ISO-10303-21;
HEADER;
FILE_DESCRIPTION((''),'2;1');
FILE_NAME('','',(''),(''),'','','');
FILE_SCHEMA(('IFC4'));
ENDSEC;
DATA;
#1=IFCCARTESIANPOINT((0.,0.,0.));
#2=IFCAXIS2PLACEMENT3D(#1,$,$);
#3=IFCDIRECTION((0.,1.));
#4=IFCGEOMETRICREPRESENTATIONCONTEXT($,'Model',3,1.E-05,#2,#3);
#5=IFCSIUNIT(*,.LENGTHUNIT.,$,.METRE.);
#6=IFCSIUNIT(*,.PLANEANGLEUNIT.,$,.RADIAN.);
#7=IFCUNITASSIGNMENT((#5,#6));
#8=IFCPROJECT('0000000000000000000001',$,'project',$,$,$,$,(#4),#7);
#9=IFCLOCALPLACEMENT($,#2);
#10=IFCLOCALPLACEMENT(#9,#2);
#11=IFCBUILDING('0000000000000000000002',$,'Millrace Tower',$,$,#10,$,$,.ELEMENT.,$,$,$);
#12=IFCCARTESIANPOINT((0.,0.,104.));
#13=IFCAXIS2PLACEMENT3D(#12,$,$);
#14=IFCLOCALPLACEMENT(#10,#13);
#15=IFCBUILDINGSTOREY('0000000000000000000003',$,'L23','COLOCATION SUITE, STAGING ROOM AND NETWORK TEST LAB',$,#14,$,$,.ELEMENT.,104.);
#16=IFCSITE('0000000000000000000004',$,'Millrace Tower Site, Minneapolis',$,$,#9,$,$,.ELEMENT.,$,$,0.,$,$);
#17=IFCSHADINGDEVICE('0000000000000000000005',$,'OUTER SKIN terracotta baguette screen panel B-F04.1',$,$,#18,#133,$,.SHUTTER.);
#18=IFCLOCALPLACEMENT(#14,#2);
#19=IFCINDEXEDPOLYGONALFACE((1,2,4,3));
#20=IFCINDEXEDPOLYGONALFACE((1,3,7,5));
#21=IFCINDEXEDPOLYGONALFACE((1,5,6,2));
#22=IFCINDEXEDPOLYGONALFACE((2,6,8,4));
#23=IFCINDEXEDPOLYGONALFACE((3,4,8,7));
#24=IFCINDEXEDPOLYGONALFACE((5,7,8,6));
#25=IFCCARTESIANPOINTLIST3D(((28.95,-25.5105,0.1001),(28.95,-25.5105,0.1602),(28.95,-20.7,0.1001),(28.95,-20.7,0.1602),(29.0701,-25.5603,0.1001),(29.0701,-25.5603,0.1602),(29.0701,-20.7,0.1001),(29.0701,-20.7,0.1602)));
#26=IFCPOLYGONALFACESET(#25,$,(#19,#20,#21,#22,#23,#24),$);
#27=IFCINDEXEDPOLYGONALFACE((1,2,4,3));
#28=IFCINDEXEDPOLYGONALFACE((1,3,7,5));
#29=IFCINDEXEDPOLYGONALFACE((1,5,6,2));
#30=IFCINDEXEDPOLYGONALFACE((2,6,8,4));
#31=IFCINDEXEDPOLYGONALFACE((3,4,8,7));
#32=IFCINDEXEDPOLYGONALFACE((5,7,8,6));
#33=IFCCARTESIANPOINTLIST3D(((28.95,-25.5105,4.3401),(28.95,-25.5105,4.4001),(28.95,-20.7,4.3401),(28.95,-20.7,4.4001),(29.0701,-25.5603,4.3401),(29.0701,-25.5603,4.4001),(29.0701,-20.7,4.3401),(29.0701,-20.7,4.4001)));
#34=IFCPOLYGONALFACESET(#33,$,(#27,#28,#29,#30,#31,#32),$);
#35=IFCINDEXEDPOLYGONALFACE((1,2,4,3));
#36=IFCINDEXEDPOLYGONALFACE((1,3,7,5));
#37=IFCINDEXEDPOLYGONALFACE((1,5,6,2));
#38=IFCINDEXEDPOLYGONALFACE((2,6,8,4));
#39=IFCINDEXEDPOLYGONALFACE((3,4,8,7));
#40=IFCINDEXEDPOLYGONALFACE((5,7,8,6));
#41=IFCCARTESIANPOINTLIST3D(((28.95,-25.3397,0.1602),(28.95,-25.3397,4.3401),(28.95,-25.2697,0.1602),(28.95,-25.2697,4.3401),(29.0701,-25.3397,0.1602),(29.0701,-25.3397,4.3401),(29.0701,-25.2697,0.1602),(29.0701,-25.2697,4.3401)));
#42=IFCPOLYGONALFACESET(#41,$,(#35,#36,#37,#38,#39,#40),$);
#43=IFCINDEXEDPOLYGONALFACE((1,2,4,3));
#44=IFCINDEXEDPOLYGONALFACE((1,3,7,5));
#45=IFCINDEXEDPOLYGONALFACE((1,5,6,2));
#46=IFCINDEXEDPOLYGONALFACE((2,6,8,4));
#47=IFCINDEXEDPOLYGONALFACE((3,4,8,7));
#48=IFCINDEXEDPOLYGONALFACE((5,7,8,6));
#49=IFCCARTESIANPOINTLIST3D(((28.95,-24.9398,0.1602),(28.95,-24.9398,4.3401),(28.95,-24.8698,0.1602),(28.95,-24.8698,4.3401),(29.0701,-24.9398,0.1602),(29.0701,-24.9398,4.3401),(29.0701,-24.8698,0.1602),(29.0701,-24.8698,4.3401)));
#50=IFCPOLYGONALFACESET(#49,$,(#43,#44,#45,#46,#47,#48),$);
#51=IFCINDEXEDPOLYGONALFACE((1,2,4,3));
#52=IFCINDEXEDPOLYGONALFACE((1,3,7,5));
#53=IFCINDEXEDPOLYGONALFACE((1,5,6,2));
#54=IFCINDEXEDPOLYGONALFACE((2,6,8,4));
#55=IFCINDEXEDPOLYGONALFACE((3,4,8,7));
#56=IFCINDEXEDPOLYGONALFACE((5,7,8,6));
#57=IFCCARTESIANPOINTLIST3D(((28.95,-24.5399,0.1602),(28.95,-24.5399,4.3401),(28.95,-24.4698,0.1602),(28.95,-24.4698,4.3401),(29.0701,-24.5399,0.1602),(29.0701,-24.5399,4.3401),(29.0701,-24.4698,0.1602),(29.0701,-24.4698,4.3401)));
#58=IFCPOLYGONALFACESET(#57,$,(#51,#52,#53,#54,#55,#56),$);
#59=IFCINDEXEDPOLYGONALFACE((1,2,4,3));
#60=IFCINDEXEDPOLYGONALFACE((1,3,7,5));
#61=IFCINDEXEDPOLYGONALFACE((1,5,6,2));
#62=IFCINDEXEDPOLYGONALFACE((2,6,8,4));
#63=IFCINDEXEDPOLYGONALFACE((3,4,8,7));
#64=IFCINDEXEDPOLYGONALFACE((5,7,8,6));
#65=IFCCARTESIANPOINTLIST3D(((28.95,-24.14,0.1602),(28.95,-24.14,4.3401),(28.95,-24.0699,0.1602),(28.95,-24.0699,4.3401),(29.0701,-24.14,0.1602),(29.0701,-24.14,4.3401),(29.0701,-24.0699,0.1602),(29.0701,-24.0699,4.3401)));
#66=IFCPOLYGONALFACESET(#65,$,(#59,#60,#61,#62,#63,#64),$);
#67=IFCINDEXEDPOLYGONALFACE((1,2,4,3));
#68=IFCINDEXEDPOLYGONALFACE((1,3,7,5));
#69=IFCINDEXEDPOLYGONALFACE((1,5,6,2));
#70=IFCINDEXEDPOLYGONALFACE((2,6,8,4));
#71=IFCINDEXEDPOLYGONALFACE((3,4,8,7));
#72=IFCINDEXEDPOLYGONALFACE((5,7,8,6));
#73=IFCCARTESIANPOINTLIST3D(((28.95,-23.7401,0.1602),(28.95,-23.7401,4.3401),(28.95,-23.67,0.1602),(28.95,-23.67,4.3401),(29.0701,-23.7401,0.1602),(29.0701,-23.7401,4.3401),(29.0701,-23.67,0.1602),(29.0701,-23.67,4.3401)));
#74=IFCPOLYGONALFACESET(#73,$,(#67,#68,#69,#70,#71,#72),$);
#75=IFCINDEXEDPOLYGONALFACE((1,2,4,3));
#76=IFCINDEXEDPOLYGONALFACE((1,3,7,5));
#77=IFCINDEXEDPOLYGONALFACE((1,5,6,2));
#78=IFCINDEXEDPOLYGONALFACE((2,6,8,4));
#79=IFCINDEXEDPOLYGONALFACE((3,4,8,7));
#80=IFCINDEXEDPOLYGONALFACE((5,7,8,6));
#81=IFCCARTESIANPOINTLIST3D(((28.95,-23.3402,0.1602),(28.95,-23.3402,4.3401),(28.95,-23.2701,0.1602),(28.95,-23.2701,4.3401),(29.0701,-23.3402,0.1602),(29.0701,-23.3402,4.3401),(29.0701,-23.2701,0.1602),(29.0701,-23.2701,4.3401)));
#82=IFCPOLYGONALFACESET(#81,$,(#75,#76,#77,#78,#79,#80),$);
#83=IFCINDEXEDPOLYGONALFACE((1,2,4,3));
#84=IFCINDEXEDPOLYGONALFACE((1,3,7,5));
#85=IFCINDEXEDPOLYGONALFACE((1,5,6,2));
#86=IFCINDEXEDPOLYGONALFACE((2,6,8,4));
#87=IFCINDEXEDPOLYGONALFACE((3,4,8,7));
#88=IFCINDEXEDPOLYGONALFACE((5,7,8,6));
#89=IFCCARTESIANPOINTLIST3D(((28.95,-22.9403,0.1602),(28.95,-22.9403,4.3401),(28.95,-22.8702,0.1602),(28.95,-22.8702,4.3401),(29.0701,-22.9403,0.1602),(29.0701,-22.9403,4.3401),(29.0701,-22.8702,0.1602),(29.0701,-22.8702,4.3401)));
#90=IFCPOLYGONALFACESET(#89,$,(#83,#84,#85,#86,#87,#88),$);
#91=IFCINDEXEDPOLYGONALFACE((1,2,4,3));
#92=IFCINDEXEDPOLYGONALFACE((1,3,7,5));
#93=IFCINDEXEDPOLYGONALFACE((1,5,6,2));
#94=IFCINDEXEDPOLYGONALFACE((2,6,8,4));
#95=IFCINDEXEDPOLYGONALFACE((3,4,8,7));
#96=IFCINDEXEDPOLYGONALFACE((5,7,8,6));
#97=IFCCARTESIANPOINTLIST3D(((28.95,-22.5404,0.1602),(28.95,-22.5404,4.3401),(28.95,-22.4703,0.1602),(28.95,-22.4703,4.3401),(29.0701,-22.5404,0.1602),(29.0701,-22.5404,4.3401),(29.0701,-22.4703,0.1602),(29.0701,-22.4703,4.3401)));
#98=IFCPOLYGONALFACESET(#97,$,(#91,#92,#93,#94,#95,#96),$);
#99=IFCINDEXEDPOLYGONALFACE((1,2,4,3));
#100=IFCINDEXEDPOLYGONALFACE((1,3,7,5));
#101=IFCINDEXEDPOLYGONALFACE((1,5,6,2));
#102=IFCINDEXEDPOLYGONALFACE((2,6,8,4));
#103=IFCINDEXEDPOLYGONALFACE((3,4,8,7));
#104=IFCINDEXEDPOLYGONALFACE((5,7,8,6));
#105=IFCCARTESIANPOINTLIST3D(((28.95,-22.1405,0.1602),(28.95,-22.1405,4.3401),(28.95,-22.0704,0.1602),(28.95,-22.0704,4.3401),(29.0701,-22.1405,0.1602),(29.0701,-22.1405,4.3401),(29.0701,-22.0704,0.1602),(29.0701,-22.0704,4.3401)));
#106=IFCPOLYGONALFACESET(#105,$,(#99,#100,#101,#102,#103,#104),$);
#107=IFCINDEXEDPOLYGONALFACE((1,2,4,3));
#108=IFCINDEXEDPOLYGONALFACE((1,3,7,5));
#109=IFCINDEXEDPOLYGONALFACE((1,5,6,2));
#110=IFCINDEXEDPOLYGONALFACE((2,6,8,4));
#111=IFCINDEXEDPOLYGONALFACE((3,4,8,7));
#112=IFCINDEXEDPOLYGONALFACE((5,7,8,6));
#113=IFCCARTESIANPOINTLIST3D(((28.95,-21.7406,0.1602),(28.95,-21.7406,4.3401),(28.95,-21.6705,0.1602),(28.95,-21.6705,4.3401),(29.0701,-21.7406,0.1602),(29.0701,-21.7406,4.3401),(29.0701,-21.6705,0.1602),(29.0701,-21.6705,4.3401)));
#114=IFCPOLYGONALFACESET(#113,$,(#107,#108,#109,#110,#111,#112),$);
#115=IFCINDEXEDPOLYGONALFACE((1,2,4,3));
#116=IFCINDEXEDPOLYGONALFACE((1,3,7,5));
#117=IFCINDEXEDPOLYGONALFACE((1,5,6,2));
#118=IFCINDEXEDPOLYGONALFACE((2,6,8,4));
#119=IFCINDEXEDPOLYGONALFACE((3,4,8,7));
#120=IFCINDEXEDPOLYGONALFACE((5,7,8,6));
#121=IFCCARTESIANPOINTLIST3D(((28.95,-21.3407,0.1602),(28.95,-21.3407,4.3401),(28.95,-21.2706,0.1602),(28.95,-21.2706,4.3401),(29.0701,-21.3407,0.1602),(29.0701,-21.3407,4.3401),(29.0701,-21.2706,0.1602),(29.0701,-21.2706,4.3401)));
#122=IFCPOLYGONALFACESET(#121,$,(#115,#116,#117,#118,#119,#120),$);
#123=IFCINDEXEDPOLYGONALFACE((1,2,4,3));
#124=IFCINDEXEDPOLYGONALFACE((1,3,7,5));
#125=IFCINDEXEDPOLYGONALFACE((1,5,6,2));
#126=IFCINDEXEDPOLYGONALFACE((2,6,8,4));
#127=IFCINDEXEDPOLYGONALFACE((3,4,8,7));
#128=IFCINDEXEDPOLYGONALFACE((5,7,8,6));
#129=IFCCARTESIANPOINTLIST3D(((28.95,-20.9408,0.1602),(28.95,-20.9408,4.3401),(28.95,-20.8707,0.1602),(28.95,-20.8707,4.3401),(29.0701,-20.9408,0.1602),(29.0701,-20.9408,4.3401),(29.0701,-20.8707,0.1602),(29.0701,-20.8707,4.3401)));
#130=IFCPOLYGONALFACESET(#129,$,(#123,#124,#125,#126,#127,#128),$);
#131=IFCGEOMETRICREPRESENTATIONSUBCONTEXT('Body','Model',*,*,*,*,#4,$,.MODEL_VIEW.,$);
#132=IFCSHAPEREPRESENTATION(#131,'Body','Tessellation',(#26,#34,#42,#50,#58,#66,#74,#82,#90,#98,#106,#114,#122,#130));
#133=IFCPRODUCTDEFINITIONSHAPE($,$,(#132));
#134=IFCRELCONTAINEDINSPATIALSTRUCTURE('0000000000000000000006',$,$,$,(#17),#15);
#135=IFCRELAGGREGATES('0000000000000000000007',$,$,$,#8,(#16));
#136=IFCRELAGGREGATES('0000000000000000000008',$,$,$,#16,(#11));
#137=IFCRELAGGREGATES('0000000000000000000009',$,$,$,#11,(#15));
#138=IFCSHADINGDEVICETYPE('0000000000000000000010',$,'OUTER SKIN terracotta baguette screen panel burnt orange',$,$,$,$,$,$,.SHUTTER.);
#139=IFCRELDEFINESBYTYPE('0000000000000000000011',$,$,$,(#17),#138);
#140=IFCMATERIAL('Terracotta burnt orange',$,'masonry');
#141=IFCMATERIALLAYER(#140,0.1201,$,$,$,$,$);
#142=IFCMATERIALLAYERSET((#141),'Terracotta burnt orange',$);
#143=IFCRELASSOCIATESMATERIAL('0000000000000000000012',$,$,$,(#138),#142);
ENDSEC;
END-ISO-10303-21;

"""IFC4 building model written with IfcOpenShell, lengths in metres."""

from ifc_helpers import new_model, entity, si_unit, direction, frame, frame_2d, origin, place, context, subcontext, project, spatial, rectangle, extrude, source, transform, mapped, material, layer, layer_set, type_object, element, save


model = new_model("IFC4")

# Units and contexts
model_context = context("Model", 3, precision=1e-05, world=origin(), true_north=direction((0.0, 1.0)))
body_context = subcontext(model_context, "Body", "Model", "MODEL_VIEW")
ifc_project = project(units=[si_unit("LENGTHUNIT", "METRE"), si_unit("PLANEANGLEUNIT", "RADIAN")], contexts=[model_context])

# Site, building, storey
site_placement = place(None, origin())
site = spatial("IfcSite", under=ifc_project, at=site_placement, Name="Millrace Tower Site, Minneapolis", CompositionType="ELEMENT", RefElevation=0.0)
building_placement = place(site_placement, origin())
building = spatial("IfcBuilding", under=site, at=building_placement, Name="Millrace Tower", CompositionType="ELEMENT")
storey_placement = place(building_placement, frame((0.0, 0.0, 104.0)))
storey = spatial("IfcBuildingStorey", under=building, at=storey_placement, Name="L23", Description="COLOCATION SUITE, STAGING ROOM AND NETWORK TEST LAB", CompositionType="ELEMENT", Elevation=104.0)

# Shading device
ifc_material_1 = material(Name="Terracotta burnt orange", Category="masonry")
ifc_layer_1 = layer(ifc_material_1, 0.1201)
ifc_layer_set_1 = layer_set([ifc_layer_1], Name="Terracotta burnt orange")
shading_device_type = type_object("IfcShadingDeviceType", Name="OUTER SKIN terracotta baguette screen panel burnt orange", PredefinedType="SHUTTER", material=ifc_layer_set_1)
cartesian_point_1 = entity("IfcCartesianPoint", [-2.3928, 0.0601])
shared_polyline_1 = entity("IfcPolyline", [cartesian_point_1, entity("IfcCartesianPoint", [2.4177, 0.0601]), entity("IfcCartesianPoint", [2.4177, -0.0601]), entity("IfcCartesianPoint", [-2.4426, -0.0601]), cartesian_point_1])
shared_shape_1 = source(origin(), body_context, "Body", "SweptSolid", [
    entity("IfcExtrudedAreaSolid", entity("IfcArbitraryClosedProfileDef", "AREA", None, shared_polyline_1), entity("IfcAxis2Placement3D", entity("IfcCartesianPoint", [0.0, 0.0, 0.0])), entity("IfcDirection", [0.0, 0.0, 1.0]), 0.0601),
    entity("IfcExtrudedAreaSolid", entity("IfcArbitraryClosedProfileDef", "AREA", None, shared_polyline_1), entity("IfcAxis2Placement3D", entity("IfcCartesianPoint", [0.0, 0.0, 4.24])), entity("IfcDirection", [0.0, 0.0, 1.0]), 0.0601),
    extrude(rectangle(XDim=0.0701, YDim=0.1201, at=frame_2d((-2.187, 0.0))), frame((0.0, 0.0, 0.0601)), (0.0, 0.0, 1.0), 4.1799),
    extrude(rectangle(XDim=0.0701, YDim=0.1201, at=frame_2d((-1.7871, 0.0))), frame((0.0, 0.0, 0.0601)), (0.0, 0.0, 1.0), 4.1799),
    extrude(rectangle(XDim=0.0701, YDim=0.1201, at=frame_2d((-1.3872, 0.0))), frame((0.0, 0.0, 0.0601)), (0.0, 0.0, 1.0), 4.1799),
    extrude(rectangle(XDim=0.0701, YDim=0.1201, at=frame_2d((-0.9873, 0.0))), frame((0.0, 0.0, 0.0601)), (0.0, 0.0, 1.0), 4.1799),
    extrude(rectangle(XDim=0.0701, YDim=0.1201, at=frame_2d((-0.5874, 0.0))), frame((0.0, 0.0, 0.0601)), (0.0, 0.0, 1.0), 4.1799),
    extrude(rectangle(XDim=0.0701, YDim=0.1201, at=frame_2d((-0.1875, 0.0))), frame((0.0, 0.0, 0.0601)), (0.0, 0.0, 1.0), 4.1799),
    extrude(rectangle(XDim=0.0701, YDim=0.1201, at=frame_2d((0.2124, 0.0))), frame((0.0, 0.0, 0.0601)), (0.0, 0.0, 1.0), 4.1799),
    extrude(rectangle(XDim=0.0701, YDim=0.1201, at=frame_2d((0.6123, 0.0))), frame((0.0, 0.0, 0.0601)), (0.0, 0.0, 1.0), 4.1799),
    extrude(rectangle(XDim=0.0701, YDim=0.1201, at=frame_2d((1.0122, 0.0))), frame((0.0, 0.0, 0.0601)), (0.0, 0.0, 1.0), 4.1799),
    extrude(rectangle(XDim=0.0701, YDim=0.1201, at=frame_2d((1.4121, 0.0))), frame((0.0, 0.0, 0.0601)), (0.0, 0.0, 1.0), 4.1799),
    extrude(rectangle(XDim=0.0701, YDim=0.1201, at=frame_2d((1.812, 0.0))), frame((0.0, 0.0, 0.0601)), (0.0, 0.0, 1.0), 4.1799),
    extrude(rectangle(XDim=0.0701, YDim=0.1201, at=frame_2d((2.2119, 0.0))), frame((0.0, 0.0, 0.0601)), (0.0, 0.0, 1.0), 4.1799),
])
shading_device_1_placement = place(storey_placement, frame((29.01, -23.1177, 0.1001), z_axis=(0.0, 0.0, 1.0), x_axis=(0.0, 1.0, 0.0)))
element("IfcShadingDevice", 1, at=shading_device_1_placement, inside=storey, type_object=shading_device_type, Name="OUTER SKIN terracotta baguette screen panel B-F04.1", PredefinedType="SHUTTER", context=body_context, shape_type="MappedRepresentation", body=[
    mapped(shared_shape_1, transform((0.0, 0.0, 0.0), scale=1.0)),
])

save(model, "model.ifc")
